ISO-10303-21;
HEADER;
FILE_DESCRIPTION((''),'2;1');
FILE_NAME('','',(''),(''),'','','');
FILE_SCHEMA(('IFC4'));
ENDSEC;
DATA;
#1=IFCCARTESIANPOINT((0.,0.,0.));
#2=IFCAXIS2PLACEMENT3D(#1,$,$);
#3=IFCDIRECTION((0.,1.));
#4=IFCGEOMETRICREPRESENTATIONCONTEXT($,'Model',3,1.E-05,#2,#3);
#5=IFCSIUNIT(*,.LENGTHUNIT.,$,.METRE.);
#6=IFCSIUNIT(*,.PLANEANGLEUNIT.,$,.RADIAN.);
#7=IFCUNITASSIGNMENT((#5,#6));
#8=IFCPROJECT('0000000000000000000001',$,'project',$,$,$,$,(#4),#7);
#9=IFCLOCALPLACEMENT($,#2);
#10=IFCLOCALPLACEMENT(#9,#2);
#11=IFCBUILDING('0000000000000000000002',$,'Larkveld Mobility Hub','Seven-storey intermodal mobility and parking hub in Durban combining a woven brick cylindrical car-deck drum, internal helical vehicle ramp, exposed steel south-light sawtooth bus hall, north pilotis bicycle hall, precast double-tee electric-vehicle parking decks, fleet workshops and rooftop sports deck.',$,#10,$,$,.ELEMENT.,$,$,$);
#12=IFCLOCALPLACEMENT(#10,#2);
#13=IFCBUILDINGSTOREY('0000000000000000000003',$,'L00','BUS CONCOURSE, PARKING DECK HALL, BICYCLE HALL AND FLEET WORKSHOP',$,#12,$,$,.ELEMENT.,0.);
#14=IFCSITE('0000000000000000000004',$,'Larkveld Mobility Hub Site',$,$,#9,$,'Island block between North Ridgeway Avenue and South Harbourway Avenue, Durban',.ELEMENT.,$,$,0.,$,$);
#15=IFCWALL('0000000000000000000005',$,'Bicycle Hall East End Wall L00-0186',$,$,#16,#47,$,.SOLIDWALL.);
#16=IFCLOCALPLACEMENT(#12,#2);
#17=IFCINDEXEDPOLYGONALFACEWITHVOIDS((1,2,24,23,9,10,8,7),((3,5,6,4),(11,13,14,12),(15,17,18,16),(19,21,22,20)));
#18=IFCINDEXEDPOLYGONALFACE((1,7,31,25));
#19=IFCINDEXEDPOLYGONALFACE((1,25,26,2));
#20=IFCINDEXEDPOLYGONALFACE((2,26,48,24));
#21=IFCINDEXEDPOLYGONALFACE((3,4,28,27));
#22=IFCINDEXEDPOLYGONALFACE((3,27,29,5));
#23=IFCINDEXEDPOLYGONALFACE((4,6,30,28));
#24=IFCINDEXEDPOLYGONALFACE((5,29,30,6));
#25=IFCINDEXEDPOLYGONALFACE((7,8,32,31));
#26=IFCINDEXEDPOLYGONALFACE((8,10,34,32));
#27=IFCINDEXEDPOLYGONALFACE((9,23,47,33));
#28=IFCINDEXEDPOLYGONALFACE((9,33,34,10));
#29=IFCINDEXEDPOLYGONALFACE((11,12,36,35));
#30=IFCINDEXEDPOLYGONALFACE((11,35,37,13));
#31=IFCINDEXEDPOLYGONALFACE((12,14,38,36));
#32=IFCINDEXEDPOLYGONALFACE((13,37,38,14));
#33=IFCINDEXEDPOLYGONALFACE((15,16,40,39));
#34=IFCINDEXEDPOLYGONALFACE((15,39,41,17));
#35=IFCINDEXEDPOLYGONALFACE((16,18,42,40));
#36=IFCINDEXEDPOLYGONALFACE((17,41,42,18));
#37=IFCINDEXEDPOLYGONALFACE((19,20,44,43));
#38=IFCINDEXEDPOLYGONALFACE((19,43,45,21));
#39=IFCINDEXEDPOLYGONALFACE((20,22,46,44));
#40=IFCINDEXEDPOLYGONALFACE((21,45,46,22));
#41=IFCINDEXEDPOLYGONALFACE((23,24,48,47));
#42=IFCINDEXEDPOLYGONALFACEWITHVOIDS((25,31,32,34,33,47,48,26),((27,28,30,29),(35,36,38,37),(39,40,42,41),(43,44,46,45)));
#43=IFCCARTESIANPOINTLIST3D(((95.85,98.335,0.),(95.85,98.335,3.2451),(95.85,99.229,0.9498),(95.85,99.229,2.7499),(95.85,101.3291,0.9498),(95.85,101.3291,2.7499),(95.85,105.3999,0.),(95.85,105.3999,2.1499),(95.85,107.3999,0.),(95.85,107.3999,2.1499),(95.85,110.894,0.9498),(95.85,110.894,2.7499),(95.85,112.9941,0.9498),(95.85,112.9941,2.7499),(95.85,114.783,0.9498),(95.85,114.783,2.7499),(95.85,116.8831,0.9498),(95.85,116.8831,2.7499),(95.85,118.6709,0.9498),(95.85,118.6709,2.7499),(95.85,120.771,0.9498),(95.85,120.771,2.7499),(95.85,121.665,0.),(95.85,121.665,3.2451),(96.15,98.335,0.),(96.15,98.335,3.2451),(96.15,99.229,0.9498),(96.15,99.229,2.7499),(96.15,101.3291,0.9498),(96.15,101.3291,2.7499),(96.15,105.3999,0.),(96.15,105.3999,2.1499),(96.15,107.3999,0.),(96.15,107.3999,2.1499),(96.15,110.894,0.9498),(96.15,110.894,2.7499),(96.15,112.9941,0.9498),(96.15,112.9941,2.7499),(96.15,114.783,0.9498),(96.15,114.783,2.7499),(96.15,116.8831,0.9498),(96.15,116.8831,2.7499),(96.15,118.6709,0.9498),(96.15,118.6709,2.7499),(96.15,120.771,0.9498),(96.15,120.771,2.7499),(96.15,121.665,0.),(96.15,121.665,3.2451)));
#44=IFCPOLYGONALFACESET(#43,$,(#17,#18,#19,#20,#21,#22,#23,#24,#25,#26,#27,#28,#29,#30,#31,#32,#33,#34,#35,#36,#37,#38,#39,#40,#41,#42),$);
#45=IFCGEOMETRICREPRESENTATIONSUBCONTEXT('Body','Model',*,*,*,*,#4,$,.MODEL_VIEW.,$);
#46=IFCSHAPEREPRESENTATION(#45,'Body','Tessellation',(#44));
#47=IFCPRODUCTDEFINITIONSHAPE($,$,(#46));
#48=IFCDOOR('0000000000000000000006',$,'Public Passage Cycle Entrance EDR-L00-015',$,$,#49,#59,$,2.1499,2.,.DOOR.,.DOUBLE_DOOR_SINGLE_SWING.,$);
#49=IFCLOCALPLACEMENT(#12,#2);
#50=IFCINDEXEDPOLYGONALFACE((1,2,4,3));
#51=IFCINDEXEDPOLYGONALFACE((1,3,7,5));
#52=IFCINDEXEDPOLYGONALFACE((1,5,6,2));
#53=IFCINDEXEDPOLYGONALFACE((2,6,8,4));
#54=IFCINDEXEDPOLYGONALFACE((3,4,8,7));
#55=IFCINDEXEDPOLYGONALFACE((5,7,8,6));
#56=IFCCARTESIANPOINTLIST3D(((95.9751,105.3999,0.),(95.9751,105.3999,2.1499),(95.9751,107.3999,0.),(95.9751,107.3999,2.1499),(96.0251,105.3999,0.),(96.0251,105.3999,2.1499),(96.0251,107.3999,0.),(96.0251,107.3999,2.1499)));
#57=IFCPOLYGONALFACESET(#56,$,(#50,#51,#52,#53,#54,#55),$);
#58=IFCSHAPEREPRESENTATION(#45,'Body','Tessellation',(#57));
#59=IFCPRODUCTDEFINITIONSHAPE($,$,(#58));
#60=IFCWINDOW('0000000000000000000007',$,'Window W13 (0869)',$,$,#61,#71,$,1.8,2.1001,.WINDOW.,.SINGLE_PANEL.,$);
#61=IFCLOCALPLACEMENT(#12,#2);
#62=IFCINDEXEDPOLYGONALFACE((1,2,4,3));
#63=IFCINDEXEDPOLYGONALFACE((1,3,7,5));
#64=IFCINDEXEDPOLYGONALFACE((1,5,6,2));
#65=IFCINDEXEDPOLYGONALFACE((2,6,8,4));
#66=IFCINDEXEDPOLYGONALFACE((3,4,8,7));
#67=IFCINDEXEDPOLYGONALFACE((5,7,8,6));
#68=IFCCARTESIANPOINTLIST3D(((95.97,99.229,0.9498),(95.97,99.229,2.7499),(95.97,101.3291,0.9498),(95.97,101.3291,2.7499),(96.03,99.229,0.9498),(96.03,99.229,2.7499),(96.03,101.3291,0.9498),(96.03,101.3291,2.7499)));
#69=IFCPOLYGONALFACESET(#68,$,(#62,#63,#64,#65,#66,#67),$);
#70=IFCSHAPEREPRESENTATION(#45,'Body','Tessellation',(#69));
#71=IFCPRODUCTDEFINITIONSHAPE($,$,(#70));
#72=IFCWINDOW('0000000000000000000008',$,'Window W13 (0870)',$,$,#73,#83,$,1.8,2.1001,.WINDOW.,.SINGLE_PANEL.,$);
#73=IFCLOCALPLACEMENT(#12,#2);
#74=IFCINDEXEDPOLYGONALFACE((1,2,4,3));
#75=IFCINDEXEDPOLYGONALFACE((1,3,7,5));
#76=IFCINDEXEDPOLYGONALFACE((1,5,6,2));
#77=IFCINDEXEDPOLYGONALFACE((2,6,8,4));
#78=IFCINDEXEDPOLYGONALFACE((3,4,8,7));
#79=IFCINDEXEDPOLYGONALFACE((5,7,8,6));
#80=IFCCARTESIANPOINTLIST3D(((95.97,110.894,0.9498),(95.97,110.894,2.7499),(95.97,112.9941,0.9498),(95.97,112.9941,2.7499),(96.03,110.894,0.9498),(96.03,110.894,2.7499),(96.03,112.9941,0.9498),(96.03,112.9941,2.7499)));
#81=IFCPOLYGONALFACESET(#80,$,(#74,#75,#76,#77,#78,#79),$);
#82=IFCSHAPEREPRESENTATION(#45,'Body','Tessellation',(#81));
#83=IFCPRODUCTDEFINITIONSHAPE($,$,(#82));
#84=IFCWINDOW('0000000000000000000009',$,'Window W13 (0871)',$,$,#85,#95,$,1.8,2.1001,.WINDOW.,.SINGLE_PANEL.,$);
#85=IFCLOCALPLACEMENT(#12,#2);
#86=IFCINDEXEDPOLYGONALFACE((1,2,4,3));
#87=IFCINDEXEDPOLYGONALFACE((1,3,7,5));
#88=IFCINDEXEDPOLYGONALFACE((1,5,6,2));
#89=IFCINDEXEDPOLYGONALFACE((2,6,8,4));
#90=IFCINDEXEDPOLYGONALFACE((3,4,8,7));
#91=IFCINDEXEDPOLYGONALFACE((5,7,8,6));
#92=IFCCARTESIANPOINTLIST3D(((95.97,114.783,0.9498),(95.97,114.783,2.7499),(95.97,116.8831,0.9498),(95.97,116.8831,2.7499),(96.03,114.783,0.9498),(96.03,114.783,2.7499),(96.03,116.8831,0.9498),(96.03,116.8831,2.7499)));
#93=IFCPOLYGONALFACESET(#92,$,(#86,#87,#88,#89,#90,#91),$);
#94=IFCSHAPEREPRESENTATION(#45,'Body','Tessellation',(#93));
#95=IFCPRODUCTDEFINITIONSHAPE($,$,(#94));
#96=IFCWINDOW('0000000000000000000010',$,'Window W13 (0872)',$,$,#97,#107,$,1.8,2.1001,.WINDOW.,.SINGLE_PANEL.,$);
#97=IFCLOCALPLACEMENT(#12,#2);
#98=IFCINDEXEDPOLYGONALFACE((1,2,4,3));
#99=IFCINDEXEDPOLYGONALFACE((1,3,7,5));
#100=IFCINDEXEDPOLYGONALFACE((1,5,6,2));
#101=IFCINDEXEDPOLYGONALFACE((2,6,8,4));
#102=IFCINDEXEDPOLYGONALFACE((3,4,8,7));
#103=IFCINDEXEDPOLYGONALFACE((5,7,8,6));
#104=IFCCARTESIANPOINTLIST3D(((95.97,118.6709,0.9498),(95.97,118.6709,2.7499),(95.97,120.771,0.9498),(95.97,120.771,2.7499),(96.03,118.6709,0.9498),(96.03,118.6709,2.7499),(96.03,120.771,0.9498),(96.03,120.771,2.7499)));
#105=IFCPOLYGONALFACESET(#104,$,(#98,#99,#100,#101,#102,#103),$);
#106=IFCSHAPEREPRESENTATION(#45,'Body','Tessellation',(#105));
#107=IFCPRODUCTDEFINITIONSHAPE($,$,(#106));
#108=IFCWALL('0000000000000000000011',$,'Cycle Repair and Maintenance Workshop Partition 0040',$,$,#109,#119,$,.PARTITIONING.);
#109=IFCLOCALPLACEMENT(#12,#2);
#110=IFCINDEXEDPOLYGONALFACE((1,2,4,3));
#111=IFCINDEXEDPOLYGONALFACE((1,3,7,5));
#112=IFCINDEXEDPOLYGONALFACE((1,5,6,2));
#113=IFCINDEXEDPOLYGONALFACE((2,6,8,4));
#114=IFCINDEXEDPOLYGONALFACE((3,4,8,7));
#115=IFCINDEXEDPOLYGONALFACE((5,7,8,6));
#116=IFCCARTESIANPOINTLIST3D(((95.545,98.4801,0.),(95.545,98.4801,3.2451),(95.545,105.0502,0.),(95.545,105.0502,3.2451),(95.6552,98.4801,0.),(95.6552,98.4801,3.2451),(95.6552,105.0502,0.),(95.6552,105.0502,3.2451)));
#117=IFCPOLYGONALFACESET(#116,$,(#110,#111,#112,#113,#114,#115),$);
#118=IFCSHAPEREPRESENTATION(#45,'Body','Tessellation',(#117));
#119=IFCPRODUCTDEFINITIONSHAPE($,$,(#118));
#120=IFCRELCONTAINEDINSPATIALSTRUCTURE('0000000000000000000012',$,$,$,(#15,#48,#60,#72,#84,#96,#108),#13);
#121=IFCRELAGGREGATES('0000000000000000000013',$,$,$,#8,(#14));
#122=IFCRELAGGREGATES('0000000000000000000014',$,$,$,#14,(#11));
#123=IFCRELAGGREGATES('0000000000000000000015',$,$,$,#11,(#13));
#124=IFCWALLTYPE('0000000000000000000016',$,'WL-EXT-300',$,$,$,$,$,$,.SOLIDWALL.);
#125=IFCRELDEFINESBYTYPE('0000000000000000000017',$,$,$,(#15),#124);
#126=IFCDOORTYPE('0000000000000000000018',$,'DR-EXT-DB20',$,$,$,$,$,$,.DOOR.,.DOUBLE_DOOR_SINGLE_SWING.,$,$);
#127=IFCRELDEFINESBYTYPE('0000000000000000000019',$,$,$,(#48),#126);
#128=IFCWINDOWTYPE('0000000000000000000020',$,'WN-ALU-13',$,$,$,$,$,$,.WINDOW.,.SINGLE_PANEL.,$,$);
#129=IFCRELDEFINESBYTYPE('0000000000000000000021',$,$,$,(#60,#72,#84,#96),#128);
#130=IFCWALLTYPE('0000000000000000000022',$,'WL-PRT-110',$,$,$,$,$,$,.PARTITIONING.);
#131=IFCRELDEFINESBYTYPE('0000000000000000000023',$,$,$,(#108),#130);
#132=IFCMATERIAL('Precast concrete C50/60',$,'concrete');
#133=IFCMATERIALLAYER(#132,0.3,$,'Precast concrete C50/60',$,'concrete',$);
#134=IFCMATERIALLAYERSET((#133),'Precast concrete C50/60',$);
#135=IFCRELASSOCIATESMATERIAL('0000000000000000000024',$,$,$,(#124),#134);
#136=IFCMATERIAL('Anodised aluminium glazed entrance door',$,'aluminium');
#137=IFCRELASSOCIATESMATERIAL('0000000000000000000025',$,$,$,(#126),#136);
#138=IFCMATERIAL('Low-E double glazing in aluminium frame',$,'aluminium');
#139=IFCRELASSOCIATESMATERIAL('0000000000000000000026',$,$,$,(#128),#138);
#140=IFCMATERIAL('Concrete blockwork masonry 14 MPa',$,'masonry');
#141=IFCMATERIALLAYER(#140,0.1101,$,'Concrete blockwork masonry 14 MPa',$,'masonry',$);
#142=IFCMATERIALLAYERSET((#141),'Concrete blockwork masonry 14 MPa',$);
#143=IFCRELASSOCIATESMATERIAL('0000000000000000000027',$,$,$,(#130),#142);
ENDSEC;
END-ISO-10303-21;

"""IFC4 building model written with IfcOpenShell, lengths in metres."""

from ifc_helpers import new_model, si_unit, direction, frame, frame_2d, origin, place, context, subcontext, project, spatial, rectangle, extrude, material, layer, layer_set, type_object, element, fill, save


model = new_model("IFC4")

# Units and contexts
model_context = context("Model", 3, precision=1e-05, world=origin(), true_north=direction((0.0, 1.0)))
body_context = subcontext(model_context, "Body", "Model", "MODEL_VIEW")
ifc_project = project(units=[si_unit("LENGTHUNIT", "METRE"), si_unit("PLANEANGLEUNIT", "RADIAN")], contexts=[model_context])

# Site, building, storey
site_placement = place(None, origin())
site = spatial("IfcSite", under=ifc_project, at=site_placement, Name="Larkveld Mobility Hub Site", LongName="Island block between North Ridgeway Avenue and South Harbourway Avenue, Durban", CompositionType="ELEMENT", RefElevation=0.0)
building_placement = place(site_placement, origin())
building = spatial("IfcBuilding", under=site, at=building_placement, Name="Larkveld Mobility Hub", Description="Seven-storey intermodal mobility and parking hub in Durban combining a woven brick cylindrical car-deck drum, internal helical vehicle ramp, exposed steel south-light sawtooth bus hall, north pilotis bicycle hall, precast double-tee electric-vehicle parking decks, fleet workshops and rooftop sports deck.", CompositionType="ELEMENT")
storey_placement = place(building_placement, origin())
storey = spatial("IfcBuildingStorey", under=building, at=storey_placement, Name="L00", Description="BUS CONCOURSE, PARKING DECK HALL, BICYCLE HALL AND FLEET WORKSHOP", CompositionType="ELEMENT", Elevation=0.0)

# Wall, openings, door, windows
ifc_material_1 = material(Name="Precast concrete C50/60", Category="concrete")
ifc_layer_1 = layer(ifc_material_1, 0.3, Name="Precast concrete C50/60", Category="concrete")
ifc_layer_set_1 = layer_set([ifc_layer_1], Name="Precast concrete C50/60")
wall_type_1 = type_object("IfcWallType", Name="WL-EXT-300", PredefinedType="SOLIDWALL", material=ifc_layer_set_1)
wall_1_placement = place(storey_placement, frame((96.0, 98.335, 0.0), z_axis=(0.0, 0.0, 1.0), x_axis=(0.0, 1.0, 0.0)))
wall_1 = element("IfcWall", 1, at=wall_1_placement, inside=storey, type_object=wall_type_1, Name="Bicycle Hall East End Wall L00-0186", PredefinedType="SOLIDWALL", context=body_context, shape_type="SweptSolid", body=[
    extrude(rectangle(XDim=23.3301, YDim=0.3, at=frame_2d((11.665, 0.0))), origin(), (0.0, 0.0, 1.0), 3.2451),
])
opening_1_placement = place(wall_1_placement, frame((7.0649, 0.0, 0.0)))
opening_1 = element("IfcOpeningElement", 2, at=opening_1_placement, cuts=wall_1, PredefinedType="OPENING", context=body_context, shape_type="SweptSolid", body=[
    extrude(rectangle(XDim=2.0, YDim=2.1499, at=frame_2d((1.0, 1.075))), frame((0.0, 0.1602, 0.0), z_axis=(0.0, -1.0, 0.0), x_axis=(1.0, 0.0, 0.0)), (0.0, 0.0, 1.0), 0.3201),
])
opening_2_placement = place(wall_1_placement, frame((0.894, 0.0, 0.95)))
opening_2 = element("IfcOpeningElement", 3, at=opening_2_placement, cuts=wall_1, PredefinedType="OPENING", context=body_context, shape_type="SweptSolid", body=[
    extrude(rectangle(XDim=2.1001, YDim=1.8, at=frame_2d((1.05, 0.8999))), frame((0.0, 0.1602, 0.0), z_axis=(0.0, -1.0, 0.0), x_axis=(1.0, 0.0, 0.0)), (0.0, 0.0, 1.0), 0.3201),
])
opening_3_placement = place(wall_1_placement, frame((12.5591, 0.0, 0.95)))
opening_3 = element("IfcOpeningElement", 4, at=opening_3_placement, cuts=wall_1, PredefinedType="OPENING", context=body_context, shape_type="SweptSolid", body=[
    extrude(rectangle(XDim=2.1001, YDim=1.8, at=frame_2d((1.05, 0.8999))), frame((0.0, 0.1602, 0.0), z_axis=(0.0, -1.0, 0.0), x_axis=(1.0, 0.0, 0.0)), (0.0, 0.0, 1.0), 0.3201),
])
opening_4_placement = place(wall_1_placement, frame((16.448, 0.0, 0.95)))
opening_4 = element("IfcOpeningElement", 5, at=opening_4_placement, cuts=wall_1, PredefinedType="OPENING", context=body_context, shape_type="SweptSolid", body=[
    extrude(rectangle(XDim=2.1001, YDim=1.8, at=frame_2d((1.05, 0.8999))), frame((0.0, 0.1602, 0.0), z_axis=(0.0, -1.0, 0.0), x_axis=(1.0, 0.0, 0.0)), (0.0, 0.0, 1.0), 0.3201),
])
opening_5_placement = place(wall_1_placement, frame((20.3359, 0.0, 0.95)))
opening_5 = element("IfcOpeningElement", 6, at=opening_5_placement, cuts=wall_1, PredefinedType="OPENING", context=body_context, shape_type="SweptSolid", body=[
    extrude(rectangle(XDim=2.1001, YDim=1.8, at=frame_2d((1.05, 0.8999))), frame((0.0, 0.1602, 0.0), z_axis=(0.0, -1.0, 0.0), x_axis=(1.0, 0.0, 0.0)), (0.0, 0.0, 1.0), 0.3201),
])
ifc_material_2 = material(Name="Anodised aluminium glazed entrance door", Category="aluminium")
door_type = type_object("IfcDoorType", Name="DR-EXT-DB20", OperationType="DOUBLE_DOOR_SINGLE_SWING", PredefinedType="DOOR", material=ifc_material_2)
door_placement = place(opening_1_placement, origin())
door = element("IfcDoor", 7, at=door_placement, inside=storey, type_object=door_type, Name="Public Passage Cycle Entrance EDR-L00-015", OperationType="DOUBLE_DOOR_SINGLE_SWING", OverallHeight=2.1499, OverallWidth=2.0, PredefinedType="DOOR", context=body_context, shape_type="SweptSolid", body=[
    extrude(rectangle(XDim=2.0, YDim=2.1499, at=frame_2d((1.0, 1.075))), frame((0.0, 0.0249, 0.0), z_axis=(0.0, -1.0, 0.0), x_axis=(1.0, 0.0, 0.0)), (0.0, 0.0, 1.0), 0.05),
])
fill(opening_1, door)
ifc_material_3 = material(Name="Low-E double glazing in aluminium frame", Category="aluminium")
window_type = type_object("IfcWindowType", Name="WN-ALU-13", PartitioningType="SINGLE_PANEL", PredefinedType="WINDOW", material=ifc_material_3)
window_1_placement = place(opening_2_placement, origin())
window_1 = element("IfcWindow", 8, at=window_1_placement, inside=storey, type_object=window_type, Name="Window W13 (0869)", OverallHeight=1.8, OverallWidth=2.1001, PartitioningType="SINGLE_PANEL", PredefinedType="WINDOW", context=body_context, shape_type="SweptSolid", body=[
    extrude(rectangle(XDim=2.1001, YDim=1.8, at=frame_2d((1.05, 0.8999))), frame((0.0, 0.03, 0.0), z_axis=(0.0, -1.0, 0.0), x_axis=(1.0, 0.0, 0.0)), (0.0, 0.0, 1.0), 0.0601),
])
fill(opening_2, window_1)
window_2_placement = place(opening_3_placement, origin())
window_2 = element("IfcWindow", 9, at=window_2_placement, inside=storey, type_object=window_type, Name="Window W13 (0870)", OverallHeight=1.8, OverallWidth=2.1001, PartitioningType="SINGLE_PANEL", PredefinedType="WINDOW", context=body_context, shape_type="SweptSolid", body=[
    extrude(rectangle(XDim=2.1001, YDim=1.8, at=frame_2d((1.05, 0.8999))), frame((0.0, 0.03, 0.0), z_axis=(0.0, -1.0, 0.0), x_axis=(1.0, 0.0, 0.0)), (0.0, 0.0, 1.0), 0.0601),
])
fill(opening_3, window_2)
window_3_placement = place(opening_4_placement, origin())
window_3 = element("IfcWindow", 10, at=window_3_placement, inside=storey, type_object=window_type, Name="Window W13 (0871)", OverallHeight=1.8, OverallWidth=2.1001, PartitioningType="SINGLE_PANEL", PredefinedType="WINDOW", context=body_context, shape_type="SweptSolid", body=[
    extrude(rectangle(XDim=2.1001, YDim=1.8, at=frame_2d((1.05, 0.8999))), frame((0.0, 0.03, 0.0), z_axis=(0.0, -1.0, 0.0), x_axis=(1.0, 0.0, 0.0)), (0.0, 0.0, 1.0), 0.0601),
])
fill(opening_4, window_3)
window_4_placement = place(opening_5_placement, origin())
window_4 = element("IfcWindow", 11, at=window_4_placement, inside=storey, type_object=window_type, Name="Window W13 (0872)", OverallHeight=1.8, OverallWidth=2.1001, PartitioningType="SINGLE_PANEL", PredefinedType="WINDOW", context=body_context, shape_type="SweptSolid", body=[
    extrude(rectangle(XDim=2.1001, YDim=1.8, at=frame_2d((1.05, 0.8999))), frame((0.0, 0.03, 0.0), z_axis=(0.0, -1.0, 0.0), x_axis=(1.0, 0.0, 0.0)), (0.0, 0.0, 1.0), 0.0601),
])
fill(opening_5, window_4)

# Wall
ifc_material_4 = material(Name="Concrete blockwork masonry 14 MPa", Category="masonry")
ifc_layer_2 = layer(ifc_material_4, 0.1101, Name="Concrete blockwork masonry 14 MPa", Category="masonry")
ifc_layer_set_2 = layer_set([ifc_layer_2], Name="Concrete blockwork masonry 14 MPa")
wall_type_2 = type_object("IfcWallType", Name="WL-PRT-110", PredefinedType="PARTITIONING", material=ifc_layer_set_2)
wall_2_placement = place(storey_placement, frame((95.6001, 98.48, 0.0), z_axis=(0.0, 0.0, 1.0), x_axis=(0.0, 1.0, 0.0)))
element("IfcWall", 12, at=wall_2_placement, inside=storey, type_object=wall_type_2, Name="Cycle Repair and Maintenance Workshop Partition 0040", PredefinedType="PARTITIONING", context=body_context, shape_type="SweptSolid", body=[
    extrude(rectangle(XDim=6.5701, YDim=0.1101, at=frame_2d((3.2852, 0.0))), origin(), (0.0, 0.0, 1.0), 3.2451),
])

save(model, "model.ifc")
